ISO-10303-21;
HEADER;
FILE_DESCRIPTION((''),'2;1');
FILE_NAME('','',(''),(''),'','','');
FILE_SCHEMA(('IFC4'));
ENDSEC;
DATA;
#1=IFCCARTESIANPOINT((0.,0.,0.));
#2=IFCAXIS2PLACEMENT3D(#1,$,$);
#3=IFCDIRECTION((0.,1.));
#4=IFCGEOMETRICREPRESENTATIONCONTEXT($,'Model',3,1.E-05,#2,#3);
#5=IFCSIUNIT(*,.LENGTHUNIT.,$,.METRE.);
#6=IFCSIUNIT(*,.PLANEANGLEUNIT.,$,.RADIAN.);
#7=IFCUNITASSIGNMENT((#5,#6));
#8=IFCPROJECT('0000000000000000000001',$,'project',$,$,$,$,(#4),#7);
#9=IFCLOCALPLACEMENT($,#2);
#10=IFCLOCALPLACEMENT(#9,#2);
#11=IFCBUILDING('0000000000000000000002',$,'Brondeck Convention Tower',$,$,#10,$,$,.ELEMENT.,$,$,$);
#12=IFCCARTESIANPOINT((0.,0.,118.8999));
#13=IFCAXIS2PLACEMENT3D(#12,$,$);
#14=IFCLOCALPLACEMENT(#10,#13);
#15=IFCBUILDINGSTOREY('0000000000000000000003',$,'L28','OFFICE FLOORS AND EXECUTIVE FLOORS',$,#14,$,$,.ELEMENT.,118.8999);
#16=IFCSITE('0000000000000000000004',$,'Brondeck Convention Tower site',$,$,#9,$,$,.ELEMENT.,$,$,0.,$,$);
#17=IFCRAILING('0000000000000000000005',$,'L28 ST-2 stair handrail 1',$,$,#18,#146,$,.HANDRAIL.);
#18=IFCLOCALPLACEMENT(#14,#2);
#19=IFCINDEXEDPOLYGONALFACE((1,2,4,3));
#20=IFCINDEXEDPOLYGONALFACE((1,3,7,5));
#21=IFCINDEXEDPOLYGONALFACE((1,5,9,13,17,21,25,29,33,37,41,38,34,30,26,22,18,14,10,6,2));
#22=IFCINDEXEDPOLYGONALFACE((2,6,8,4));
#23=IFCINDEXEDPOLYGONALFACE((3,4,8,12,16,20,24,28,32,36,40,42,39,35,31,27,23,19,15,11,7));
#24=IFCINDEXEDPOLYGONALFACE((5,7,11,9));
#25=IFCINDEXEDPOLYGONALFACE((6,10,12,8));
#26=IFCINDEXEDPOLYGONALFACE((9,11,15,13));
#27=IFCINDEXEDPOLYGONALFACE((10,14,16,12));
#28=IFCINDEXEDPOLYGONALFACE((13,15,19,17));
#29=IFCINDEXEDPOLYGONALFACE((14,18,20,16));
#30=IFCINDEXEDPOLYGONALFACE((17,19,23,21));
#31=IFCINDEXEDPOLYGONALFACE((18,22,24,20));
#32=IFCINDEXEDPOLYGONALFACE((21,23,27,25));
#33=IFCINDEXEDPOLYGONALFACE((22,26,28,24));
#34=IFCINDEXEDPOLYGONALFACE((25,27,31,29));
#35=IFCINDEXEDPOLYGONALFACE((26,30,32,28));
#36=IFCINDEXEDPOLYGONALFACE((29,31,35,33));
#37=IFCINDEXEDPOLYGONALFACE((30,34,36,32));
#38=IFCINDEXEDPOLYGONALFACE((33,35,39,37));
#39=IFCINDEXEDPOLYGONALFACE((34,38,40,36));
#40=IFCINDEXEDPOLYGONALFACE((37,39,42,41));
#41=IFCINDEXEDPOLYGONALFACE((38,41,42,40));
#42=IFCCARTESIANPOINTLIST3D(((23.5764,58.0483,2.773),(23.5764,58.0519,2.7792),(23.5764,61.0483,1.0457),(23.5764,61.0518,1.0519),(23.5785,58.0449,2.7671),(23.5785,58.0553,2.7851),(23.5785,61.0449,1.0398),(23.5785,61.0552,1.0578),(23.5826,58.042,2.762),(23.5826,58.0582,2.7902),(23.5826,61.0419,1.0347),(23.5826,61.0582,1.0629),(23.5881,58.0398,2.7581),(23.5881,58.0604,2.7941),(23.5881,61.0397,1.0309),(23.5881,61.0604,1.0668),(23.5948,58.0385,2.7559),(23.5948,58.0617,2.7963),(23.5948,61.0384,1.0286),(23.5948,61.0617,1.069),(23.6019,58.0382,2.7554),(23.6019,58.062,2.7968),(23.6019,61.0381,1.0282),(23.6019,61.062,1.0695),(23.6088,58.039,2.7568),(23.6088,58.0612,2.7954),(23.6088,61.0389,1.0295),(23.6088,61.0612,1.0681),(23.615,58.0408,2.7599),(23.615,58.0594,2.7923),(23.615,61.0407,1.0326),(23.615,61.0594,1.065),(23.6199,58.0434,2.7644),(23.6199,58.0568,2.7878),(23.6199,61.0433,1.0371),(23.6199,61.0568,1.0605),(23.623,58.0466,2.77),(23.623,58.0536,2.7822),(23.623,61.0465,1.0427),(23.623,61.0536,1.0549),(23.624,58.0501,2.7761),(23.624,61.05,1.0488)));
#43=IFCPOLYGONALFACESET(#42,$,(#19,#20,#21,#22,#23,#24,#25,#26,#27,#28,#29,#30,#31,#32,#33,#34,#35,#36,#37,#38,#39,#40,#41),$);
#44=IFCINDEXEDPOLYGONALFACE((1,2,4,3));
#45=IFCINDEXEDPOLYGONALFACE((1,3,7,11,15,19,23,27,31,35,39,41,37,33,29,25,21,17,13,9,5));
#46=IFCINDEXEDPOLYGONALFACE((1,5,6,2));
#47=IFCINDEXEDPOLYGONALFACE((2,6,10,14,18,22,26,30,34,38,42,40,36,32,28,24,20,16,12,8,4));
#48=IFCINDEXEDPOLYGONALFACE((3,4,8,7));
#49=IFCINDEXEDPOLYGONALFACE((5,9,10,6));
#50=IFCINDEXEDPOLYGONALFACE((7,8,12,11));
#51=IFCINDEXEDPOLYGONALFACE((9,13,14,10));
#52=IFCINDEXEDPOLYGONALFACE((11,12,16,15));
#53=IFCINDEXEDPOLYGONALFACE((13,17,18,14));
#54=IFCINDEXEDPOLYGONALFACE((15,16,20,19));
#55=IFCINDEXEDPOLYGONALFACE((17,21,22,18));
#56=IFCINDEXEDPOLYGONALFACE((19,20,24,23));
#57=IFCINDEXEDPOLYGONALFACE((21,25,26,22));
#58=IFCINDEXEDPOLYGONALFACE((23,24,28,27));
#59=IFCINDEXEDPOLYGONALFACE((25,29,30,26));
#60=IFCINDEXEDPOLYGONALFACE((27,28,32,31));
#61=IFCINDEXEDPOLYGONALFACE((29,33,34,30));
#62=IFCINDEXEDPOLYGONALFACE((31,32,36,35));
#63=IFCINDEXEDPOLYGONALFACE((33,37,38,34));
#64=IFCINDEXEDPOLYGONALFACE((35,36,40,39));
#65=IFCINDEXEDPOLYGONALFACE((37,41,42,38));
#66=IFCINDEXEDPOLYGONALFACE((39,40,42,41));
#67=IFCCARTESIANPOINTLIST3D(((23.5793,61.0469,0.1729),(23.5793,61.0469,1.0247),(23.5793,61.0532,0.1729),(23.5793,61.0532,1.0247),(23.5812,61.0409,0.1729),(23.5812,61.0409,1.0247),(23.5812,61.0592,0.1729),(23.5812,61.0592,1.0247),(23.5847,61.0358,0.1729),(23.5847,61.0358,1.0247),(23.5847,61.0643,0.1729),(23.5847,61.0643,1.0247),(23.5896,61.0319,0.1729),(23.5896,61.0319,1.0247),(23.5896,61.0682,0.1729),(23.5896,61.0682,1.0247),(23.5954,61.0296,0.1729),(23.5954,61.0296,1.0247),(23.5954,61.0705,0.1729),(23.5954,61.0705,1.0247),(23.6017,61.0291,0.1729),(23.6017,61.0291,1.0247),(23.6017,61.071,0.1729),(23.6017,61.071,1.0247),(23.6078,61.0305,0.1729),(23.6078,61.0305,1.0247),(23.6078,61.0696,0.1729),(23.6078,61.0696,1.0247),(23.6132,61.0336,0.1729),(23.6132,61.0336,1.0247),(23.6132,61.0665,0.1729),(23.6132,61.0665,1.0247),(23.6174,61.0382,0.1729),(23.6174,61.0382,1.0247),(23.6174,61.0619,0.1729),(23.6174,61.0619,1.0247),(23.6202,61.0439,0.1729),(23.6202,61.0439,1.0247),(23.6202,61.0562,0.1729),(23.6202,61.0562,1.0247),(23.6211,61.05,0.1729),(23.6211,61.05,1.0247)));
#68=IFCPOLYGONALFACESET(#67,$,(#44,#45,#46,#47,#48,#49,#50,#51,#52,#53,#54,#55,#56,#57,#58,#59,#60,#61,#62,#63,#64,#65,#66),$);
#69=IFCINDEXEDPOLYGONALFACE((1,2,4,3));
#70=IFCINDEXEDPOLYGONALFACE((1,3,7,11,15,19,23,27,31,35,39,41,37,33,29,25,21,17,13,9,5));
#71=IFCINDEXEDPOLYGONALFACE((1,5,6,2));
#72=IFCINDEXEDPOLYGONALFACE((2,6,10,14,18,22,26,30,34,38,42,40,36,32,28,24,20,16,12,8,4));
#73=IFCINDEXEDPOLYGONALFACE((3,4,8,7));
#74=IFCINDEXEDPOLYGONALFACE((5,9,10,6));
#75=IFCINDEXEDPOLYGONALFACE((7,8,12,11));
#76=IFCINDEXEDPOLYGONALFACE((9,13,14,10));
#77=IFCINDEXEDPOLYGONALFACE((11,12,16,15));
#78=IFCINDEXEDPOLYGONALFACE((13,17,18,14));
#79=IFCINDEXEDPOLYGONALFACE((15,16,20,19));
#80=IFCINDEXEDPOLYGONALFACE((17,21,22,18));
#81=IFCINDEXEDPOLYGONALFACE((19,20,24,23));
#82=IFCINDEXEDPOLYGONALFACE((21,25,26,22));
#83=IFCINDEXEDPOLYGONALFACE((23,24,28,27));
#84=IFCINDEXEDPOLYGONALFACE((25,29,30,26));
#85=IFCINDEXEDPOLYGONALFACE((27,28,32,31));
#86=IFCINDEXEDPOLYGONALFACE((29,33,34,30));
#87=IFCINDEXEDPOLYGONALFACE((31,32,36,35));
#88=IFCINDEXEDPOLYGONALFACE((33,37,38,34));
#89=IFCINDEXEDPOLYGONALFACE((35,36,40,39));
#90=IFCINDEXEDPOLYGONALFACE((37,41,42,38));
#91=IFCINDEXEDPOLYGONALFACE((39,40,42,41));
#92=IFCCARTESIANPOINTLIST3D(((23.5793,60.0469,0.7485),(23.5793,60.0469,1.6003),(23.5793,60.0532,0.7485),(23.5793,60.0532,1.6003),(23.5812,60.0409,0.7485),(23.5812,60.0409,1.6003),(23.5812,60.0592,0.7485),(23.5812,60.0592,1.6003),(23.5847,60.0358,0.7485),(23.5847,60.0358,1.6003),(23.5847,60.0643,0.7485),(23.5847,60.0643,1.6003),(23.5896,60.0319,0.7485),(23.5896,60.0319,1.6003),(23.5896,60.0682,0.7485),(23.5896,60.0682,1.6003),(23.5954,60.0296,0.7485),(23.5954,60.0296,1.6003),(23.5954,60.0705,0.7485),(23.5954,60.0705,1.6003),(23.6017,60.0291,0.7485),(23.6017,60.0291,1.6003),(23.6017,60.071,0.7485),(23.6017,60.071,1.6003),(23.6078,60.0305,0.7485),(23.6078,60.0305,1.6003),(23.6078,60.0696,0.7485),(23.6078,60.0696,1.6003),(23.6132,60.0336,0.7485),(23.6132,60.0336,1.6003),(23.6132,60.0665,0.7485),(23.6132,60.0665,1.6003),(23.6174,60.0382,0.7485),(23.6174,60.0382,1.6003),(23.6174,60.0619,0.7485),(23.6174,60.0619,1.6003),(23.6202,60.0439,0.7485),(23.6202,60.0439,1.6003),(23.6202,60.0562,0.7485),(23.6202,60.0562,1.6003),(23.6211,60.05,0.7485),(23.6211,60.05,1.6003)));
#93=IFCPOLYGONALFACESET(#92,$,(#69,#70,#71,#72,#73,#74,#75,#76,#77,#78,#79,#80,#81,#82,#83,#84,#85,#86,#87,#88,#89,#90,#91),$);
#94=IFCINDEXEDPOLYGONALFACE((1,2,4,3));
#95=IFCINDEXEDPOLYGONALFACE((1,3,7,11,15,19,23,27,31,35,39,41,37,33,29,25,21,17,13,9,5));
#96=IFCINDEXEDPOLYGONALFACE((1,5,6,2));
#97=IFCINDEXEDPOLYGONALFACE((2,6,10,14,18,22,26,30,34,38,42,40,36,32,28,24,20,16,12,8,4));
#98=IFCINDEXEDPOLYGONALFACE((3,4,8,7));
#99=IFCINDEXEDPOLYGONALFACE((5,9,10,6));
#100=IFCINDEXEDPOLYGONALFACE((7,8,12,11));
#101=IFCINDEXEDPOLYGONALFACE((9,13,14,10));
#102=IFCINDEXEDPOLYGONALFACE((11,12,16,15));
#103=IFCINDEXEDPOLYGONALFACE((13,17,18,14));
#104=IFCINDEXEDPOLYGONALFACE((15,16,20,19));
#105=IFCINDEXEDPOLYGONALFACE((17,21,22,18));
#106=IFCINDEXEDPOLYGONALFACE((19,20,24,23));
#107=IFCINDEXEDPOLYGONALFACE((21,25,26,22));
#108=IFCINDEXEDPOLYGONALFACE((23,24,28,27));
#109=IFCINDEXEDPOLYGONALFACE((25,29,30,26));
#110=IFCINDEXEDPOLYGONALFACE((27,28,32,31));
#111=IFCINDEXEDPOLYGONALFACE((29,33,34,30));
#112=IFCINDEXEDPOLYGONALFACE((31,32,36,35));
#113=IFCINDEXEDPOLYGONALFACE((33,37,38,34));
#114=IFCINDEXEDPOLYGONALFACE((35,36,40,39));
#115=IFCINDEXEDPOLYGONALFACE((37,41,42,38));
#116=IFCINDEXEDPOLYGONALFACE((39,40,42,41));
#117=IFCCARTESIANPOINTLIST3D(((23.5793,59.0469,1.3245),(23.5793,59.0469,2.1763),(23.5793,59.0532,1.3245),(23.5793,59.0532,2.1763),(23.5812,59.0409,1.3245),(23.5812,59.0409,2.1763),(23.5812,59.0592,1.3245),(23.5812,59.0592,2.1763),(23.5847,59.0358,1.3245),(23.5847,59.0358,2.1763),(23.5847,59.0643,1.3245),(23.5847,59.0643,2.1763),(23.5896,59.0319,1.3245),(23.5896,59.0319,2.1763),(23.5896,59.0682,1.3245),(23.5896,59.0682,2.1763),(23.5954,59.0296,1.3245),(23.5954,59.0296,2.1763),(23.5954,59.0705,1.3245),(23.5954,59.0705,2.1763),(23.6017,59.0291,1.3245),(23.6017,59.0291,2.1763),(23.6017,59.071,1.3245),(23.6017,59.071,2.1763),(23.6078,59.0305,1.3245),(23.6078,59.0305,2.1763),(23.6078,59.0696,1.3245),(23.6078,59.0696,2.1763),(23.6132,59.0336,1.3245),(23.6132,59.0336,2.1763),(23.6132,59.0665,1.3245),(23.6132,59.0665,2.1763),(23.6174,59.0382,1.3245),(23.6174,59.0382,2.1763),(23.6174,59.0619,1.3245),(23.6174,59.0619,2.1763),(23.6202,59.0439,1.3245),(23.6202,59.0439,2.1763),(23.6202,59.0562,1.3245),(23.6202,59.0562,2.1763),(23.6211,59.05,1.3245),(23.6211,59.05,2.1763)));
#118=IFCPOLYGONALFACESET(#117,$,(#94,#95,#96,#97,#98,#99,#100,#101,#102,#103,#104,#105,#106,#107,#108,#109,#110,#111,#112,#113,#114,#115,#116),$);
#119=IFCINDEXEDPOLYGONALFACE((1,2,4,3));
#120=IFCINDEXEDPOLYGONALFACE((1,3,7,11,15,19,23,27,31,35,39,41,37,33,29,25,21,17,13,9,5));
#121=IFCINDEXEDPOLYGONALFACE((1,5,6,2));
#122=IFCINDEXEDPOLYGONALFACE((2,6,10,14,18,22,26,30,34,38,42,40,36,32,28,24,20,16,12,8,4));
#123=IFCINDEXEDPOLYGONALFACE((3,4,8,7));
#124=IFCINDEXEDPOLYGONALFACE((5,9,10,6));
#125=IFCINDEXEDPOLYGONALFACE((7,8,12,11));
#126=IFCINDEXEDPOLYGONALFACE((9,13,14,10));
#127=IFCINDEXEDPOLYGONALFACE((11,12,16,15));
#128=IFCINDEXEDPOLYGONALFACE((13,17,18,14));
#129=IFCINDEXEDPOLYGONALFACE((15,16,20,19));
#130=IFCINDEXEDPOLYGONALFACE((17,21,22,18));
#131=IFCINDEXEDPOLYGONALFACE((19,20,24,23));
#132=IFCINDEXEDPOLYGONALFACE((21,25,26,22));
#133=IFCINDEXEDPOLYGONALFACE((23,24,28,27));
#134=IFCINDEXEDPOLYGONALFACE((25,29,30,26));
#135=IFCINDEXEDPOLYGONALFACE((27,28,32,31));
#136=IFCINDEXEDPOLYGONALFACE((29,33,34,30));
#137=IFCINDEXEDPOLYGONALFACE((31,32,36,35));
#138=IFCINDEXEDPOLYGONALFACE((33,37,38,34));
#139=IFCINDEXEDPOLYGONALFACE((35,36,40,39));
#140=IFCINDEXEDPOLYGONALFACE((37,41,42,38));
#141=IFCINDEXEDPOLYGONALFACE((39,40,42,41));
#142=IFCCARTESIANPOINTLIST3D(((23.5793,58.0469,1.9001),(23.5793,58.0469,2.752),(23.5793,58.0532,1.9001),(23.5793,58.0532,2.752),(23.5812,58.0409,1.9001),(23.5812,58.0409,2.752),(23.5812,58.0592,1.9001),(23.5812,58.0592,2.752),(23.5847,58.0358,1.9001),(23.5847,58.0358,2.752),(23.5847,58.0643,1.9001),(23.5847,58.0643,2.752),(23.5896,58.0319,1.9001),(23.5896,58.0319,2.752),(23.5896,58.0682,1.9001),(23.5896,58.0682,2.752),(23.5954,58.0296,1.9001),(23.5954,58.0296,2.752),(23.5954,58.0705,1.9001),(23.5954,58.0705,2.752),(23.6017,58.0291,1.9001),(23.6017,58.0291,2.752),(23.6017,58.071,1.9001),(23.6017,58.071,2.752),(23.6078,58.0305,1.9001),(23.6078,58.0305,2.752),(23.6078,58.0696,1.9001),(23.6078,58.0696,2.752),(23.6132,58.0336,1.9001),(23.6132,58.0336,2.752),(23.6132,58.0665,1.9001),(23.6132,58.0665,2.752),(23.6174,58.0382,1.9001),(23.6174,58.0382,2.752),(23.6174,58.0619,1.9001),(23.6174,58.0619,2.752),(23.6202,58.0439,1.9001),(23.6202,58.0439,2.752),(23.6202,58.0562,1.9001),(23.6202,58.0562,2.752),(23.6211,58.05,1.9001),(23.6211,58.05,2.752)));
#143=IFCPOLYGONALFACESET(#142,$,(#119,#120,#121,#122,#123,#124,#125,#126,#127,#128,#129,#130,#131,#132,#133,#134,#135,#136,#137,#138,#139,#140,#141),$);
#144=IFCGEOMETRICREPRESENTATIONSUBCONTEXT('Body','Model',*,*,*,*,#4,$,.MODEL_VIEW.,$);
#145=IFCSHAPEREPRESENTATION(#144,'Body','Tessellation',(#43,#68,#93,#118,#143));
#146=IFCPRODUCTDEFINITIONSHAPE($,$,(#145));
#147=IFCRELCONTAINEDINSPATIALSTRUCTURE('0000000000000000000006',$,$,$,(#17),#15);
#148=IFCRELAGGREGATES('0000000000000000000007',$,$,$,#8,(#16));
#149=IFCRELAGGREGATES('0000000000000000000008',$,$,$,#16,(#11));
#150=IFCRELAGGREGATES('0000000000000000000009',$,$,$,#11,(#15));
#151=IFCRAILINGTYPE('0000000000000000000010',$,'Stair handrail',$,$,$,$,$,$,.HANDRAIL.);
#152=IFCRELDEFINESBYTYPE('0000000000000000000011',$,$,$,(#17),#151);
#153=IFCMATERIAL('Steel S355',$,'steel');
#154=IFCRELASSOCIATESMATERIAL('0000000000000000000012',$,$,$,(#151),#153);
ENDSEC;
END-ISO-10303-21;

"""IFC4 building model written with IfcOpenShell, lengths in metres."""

from ifc_helpers import new_model, si_unit, direction, frame, origin, origin_2d, place, context, subcontext, project, spatial, circle, extrude, material, type_object, element, save


model = new_model("IFC4")

# Units and contexts
model_context = context("Model", 3, precision=1e-05, world=origin(), true_north=direction((0.0, 1.0)))
body_context = subcontext(model_context, "Body", "Model", "MODEL_VIEW")
ifc_project = project(units=[si_unit("LENGTHUNIT", "METRE"), si_unit("PLANEANGLEUNIT", "RADIAN")], contexts=[model_context])

# Site, building, storey
site_placement = place(None, origin())
site = spatial("IfcSite", under=ifc_project, at=site_placement, Name="Brondeck Convention Tower site", CompositionType="ELEMENT", RefElevation=0.0)
building_placement = place(site_placement, origin())
building = spatial("IfcBuilding", under=site, at=building_placement, Name="Brondeck Convention Tower", CompositionType="ELEMENT")
storey_placement = place(building_placement, frame((0.0, 0.0, 118.8999)))
storey = spatial("IfcBuildingStorey", under=building, at=storey_placement, Name="L28", Description="OFFICE FLOORS AND EXECUTIVE FLOORS", CompositionType="ELEMENT", Elevation=118.8999)

# Railing
ifc_material_1 = material(Name="Steel S355", Category="steel")
railing_type_1 = type_object("IfcRailingType", Name="Stair handrail", PredefinedType="HANDRAIL", material=ifc_material_1)
railing_1_placement = place(storey_placement, frame((23.6001, 61.05, 0.1729)))
element("IfcRailing", 1, at=railing_1_placement, inside=storey, type_object=railing_type_1, Name="L28 ST-2 stair handrail 1", PredefinedType="HANDRAIL", context=body_context, shape_type="SweptSolid", body=[
    extrude(circle(Radius=0.0239, at=origin_2d()), frame((0.0, 0.0, 0.876), z_axis=(0.0, -0.86662, 0.498969), x_axis=(1.0, 0.0, 0.0)), (0.0, 0.0, 1.0), 3.4617),
    extrude(circle(Radius=0.021, at=origin_2d()), origin(), (0.0, 0.0, 1.0), 0.8518),
    extrude(circle(Radius=0.021, at=origin_2d()), frame((0.0, -1.0, 0.5757)), (0.0, 0.0, 1.0), 0.8518),
    extrude(circle(Radius=0.021, at=origin_2d()), frame((0.0, -2.0, 1.1516)), (0.0, 0.0, 1.0), 0.8518),
    extrude(circle(Radius=0.021, at=origin_2d()), frame((0.0, -3.0, 1.7273)), (0.0, 0.0, 1.0), 0.8518),
])

save(model, "model.ifc")
